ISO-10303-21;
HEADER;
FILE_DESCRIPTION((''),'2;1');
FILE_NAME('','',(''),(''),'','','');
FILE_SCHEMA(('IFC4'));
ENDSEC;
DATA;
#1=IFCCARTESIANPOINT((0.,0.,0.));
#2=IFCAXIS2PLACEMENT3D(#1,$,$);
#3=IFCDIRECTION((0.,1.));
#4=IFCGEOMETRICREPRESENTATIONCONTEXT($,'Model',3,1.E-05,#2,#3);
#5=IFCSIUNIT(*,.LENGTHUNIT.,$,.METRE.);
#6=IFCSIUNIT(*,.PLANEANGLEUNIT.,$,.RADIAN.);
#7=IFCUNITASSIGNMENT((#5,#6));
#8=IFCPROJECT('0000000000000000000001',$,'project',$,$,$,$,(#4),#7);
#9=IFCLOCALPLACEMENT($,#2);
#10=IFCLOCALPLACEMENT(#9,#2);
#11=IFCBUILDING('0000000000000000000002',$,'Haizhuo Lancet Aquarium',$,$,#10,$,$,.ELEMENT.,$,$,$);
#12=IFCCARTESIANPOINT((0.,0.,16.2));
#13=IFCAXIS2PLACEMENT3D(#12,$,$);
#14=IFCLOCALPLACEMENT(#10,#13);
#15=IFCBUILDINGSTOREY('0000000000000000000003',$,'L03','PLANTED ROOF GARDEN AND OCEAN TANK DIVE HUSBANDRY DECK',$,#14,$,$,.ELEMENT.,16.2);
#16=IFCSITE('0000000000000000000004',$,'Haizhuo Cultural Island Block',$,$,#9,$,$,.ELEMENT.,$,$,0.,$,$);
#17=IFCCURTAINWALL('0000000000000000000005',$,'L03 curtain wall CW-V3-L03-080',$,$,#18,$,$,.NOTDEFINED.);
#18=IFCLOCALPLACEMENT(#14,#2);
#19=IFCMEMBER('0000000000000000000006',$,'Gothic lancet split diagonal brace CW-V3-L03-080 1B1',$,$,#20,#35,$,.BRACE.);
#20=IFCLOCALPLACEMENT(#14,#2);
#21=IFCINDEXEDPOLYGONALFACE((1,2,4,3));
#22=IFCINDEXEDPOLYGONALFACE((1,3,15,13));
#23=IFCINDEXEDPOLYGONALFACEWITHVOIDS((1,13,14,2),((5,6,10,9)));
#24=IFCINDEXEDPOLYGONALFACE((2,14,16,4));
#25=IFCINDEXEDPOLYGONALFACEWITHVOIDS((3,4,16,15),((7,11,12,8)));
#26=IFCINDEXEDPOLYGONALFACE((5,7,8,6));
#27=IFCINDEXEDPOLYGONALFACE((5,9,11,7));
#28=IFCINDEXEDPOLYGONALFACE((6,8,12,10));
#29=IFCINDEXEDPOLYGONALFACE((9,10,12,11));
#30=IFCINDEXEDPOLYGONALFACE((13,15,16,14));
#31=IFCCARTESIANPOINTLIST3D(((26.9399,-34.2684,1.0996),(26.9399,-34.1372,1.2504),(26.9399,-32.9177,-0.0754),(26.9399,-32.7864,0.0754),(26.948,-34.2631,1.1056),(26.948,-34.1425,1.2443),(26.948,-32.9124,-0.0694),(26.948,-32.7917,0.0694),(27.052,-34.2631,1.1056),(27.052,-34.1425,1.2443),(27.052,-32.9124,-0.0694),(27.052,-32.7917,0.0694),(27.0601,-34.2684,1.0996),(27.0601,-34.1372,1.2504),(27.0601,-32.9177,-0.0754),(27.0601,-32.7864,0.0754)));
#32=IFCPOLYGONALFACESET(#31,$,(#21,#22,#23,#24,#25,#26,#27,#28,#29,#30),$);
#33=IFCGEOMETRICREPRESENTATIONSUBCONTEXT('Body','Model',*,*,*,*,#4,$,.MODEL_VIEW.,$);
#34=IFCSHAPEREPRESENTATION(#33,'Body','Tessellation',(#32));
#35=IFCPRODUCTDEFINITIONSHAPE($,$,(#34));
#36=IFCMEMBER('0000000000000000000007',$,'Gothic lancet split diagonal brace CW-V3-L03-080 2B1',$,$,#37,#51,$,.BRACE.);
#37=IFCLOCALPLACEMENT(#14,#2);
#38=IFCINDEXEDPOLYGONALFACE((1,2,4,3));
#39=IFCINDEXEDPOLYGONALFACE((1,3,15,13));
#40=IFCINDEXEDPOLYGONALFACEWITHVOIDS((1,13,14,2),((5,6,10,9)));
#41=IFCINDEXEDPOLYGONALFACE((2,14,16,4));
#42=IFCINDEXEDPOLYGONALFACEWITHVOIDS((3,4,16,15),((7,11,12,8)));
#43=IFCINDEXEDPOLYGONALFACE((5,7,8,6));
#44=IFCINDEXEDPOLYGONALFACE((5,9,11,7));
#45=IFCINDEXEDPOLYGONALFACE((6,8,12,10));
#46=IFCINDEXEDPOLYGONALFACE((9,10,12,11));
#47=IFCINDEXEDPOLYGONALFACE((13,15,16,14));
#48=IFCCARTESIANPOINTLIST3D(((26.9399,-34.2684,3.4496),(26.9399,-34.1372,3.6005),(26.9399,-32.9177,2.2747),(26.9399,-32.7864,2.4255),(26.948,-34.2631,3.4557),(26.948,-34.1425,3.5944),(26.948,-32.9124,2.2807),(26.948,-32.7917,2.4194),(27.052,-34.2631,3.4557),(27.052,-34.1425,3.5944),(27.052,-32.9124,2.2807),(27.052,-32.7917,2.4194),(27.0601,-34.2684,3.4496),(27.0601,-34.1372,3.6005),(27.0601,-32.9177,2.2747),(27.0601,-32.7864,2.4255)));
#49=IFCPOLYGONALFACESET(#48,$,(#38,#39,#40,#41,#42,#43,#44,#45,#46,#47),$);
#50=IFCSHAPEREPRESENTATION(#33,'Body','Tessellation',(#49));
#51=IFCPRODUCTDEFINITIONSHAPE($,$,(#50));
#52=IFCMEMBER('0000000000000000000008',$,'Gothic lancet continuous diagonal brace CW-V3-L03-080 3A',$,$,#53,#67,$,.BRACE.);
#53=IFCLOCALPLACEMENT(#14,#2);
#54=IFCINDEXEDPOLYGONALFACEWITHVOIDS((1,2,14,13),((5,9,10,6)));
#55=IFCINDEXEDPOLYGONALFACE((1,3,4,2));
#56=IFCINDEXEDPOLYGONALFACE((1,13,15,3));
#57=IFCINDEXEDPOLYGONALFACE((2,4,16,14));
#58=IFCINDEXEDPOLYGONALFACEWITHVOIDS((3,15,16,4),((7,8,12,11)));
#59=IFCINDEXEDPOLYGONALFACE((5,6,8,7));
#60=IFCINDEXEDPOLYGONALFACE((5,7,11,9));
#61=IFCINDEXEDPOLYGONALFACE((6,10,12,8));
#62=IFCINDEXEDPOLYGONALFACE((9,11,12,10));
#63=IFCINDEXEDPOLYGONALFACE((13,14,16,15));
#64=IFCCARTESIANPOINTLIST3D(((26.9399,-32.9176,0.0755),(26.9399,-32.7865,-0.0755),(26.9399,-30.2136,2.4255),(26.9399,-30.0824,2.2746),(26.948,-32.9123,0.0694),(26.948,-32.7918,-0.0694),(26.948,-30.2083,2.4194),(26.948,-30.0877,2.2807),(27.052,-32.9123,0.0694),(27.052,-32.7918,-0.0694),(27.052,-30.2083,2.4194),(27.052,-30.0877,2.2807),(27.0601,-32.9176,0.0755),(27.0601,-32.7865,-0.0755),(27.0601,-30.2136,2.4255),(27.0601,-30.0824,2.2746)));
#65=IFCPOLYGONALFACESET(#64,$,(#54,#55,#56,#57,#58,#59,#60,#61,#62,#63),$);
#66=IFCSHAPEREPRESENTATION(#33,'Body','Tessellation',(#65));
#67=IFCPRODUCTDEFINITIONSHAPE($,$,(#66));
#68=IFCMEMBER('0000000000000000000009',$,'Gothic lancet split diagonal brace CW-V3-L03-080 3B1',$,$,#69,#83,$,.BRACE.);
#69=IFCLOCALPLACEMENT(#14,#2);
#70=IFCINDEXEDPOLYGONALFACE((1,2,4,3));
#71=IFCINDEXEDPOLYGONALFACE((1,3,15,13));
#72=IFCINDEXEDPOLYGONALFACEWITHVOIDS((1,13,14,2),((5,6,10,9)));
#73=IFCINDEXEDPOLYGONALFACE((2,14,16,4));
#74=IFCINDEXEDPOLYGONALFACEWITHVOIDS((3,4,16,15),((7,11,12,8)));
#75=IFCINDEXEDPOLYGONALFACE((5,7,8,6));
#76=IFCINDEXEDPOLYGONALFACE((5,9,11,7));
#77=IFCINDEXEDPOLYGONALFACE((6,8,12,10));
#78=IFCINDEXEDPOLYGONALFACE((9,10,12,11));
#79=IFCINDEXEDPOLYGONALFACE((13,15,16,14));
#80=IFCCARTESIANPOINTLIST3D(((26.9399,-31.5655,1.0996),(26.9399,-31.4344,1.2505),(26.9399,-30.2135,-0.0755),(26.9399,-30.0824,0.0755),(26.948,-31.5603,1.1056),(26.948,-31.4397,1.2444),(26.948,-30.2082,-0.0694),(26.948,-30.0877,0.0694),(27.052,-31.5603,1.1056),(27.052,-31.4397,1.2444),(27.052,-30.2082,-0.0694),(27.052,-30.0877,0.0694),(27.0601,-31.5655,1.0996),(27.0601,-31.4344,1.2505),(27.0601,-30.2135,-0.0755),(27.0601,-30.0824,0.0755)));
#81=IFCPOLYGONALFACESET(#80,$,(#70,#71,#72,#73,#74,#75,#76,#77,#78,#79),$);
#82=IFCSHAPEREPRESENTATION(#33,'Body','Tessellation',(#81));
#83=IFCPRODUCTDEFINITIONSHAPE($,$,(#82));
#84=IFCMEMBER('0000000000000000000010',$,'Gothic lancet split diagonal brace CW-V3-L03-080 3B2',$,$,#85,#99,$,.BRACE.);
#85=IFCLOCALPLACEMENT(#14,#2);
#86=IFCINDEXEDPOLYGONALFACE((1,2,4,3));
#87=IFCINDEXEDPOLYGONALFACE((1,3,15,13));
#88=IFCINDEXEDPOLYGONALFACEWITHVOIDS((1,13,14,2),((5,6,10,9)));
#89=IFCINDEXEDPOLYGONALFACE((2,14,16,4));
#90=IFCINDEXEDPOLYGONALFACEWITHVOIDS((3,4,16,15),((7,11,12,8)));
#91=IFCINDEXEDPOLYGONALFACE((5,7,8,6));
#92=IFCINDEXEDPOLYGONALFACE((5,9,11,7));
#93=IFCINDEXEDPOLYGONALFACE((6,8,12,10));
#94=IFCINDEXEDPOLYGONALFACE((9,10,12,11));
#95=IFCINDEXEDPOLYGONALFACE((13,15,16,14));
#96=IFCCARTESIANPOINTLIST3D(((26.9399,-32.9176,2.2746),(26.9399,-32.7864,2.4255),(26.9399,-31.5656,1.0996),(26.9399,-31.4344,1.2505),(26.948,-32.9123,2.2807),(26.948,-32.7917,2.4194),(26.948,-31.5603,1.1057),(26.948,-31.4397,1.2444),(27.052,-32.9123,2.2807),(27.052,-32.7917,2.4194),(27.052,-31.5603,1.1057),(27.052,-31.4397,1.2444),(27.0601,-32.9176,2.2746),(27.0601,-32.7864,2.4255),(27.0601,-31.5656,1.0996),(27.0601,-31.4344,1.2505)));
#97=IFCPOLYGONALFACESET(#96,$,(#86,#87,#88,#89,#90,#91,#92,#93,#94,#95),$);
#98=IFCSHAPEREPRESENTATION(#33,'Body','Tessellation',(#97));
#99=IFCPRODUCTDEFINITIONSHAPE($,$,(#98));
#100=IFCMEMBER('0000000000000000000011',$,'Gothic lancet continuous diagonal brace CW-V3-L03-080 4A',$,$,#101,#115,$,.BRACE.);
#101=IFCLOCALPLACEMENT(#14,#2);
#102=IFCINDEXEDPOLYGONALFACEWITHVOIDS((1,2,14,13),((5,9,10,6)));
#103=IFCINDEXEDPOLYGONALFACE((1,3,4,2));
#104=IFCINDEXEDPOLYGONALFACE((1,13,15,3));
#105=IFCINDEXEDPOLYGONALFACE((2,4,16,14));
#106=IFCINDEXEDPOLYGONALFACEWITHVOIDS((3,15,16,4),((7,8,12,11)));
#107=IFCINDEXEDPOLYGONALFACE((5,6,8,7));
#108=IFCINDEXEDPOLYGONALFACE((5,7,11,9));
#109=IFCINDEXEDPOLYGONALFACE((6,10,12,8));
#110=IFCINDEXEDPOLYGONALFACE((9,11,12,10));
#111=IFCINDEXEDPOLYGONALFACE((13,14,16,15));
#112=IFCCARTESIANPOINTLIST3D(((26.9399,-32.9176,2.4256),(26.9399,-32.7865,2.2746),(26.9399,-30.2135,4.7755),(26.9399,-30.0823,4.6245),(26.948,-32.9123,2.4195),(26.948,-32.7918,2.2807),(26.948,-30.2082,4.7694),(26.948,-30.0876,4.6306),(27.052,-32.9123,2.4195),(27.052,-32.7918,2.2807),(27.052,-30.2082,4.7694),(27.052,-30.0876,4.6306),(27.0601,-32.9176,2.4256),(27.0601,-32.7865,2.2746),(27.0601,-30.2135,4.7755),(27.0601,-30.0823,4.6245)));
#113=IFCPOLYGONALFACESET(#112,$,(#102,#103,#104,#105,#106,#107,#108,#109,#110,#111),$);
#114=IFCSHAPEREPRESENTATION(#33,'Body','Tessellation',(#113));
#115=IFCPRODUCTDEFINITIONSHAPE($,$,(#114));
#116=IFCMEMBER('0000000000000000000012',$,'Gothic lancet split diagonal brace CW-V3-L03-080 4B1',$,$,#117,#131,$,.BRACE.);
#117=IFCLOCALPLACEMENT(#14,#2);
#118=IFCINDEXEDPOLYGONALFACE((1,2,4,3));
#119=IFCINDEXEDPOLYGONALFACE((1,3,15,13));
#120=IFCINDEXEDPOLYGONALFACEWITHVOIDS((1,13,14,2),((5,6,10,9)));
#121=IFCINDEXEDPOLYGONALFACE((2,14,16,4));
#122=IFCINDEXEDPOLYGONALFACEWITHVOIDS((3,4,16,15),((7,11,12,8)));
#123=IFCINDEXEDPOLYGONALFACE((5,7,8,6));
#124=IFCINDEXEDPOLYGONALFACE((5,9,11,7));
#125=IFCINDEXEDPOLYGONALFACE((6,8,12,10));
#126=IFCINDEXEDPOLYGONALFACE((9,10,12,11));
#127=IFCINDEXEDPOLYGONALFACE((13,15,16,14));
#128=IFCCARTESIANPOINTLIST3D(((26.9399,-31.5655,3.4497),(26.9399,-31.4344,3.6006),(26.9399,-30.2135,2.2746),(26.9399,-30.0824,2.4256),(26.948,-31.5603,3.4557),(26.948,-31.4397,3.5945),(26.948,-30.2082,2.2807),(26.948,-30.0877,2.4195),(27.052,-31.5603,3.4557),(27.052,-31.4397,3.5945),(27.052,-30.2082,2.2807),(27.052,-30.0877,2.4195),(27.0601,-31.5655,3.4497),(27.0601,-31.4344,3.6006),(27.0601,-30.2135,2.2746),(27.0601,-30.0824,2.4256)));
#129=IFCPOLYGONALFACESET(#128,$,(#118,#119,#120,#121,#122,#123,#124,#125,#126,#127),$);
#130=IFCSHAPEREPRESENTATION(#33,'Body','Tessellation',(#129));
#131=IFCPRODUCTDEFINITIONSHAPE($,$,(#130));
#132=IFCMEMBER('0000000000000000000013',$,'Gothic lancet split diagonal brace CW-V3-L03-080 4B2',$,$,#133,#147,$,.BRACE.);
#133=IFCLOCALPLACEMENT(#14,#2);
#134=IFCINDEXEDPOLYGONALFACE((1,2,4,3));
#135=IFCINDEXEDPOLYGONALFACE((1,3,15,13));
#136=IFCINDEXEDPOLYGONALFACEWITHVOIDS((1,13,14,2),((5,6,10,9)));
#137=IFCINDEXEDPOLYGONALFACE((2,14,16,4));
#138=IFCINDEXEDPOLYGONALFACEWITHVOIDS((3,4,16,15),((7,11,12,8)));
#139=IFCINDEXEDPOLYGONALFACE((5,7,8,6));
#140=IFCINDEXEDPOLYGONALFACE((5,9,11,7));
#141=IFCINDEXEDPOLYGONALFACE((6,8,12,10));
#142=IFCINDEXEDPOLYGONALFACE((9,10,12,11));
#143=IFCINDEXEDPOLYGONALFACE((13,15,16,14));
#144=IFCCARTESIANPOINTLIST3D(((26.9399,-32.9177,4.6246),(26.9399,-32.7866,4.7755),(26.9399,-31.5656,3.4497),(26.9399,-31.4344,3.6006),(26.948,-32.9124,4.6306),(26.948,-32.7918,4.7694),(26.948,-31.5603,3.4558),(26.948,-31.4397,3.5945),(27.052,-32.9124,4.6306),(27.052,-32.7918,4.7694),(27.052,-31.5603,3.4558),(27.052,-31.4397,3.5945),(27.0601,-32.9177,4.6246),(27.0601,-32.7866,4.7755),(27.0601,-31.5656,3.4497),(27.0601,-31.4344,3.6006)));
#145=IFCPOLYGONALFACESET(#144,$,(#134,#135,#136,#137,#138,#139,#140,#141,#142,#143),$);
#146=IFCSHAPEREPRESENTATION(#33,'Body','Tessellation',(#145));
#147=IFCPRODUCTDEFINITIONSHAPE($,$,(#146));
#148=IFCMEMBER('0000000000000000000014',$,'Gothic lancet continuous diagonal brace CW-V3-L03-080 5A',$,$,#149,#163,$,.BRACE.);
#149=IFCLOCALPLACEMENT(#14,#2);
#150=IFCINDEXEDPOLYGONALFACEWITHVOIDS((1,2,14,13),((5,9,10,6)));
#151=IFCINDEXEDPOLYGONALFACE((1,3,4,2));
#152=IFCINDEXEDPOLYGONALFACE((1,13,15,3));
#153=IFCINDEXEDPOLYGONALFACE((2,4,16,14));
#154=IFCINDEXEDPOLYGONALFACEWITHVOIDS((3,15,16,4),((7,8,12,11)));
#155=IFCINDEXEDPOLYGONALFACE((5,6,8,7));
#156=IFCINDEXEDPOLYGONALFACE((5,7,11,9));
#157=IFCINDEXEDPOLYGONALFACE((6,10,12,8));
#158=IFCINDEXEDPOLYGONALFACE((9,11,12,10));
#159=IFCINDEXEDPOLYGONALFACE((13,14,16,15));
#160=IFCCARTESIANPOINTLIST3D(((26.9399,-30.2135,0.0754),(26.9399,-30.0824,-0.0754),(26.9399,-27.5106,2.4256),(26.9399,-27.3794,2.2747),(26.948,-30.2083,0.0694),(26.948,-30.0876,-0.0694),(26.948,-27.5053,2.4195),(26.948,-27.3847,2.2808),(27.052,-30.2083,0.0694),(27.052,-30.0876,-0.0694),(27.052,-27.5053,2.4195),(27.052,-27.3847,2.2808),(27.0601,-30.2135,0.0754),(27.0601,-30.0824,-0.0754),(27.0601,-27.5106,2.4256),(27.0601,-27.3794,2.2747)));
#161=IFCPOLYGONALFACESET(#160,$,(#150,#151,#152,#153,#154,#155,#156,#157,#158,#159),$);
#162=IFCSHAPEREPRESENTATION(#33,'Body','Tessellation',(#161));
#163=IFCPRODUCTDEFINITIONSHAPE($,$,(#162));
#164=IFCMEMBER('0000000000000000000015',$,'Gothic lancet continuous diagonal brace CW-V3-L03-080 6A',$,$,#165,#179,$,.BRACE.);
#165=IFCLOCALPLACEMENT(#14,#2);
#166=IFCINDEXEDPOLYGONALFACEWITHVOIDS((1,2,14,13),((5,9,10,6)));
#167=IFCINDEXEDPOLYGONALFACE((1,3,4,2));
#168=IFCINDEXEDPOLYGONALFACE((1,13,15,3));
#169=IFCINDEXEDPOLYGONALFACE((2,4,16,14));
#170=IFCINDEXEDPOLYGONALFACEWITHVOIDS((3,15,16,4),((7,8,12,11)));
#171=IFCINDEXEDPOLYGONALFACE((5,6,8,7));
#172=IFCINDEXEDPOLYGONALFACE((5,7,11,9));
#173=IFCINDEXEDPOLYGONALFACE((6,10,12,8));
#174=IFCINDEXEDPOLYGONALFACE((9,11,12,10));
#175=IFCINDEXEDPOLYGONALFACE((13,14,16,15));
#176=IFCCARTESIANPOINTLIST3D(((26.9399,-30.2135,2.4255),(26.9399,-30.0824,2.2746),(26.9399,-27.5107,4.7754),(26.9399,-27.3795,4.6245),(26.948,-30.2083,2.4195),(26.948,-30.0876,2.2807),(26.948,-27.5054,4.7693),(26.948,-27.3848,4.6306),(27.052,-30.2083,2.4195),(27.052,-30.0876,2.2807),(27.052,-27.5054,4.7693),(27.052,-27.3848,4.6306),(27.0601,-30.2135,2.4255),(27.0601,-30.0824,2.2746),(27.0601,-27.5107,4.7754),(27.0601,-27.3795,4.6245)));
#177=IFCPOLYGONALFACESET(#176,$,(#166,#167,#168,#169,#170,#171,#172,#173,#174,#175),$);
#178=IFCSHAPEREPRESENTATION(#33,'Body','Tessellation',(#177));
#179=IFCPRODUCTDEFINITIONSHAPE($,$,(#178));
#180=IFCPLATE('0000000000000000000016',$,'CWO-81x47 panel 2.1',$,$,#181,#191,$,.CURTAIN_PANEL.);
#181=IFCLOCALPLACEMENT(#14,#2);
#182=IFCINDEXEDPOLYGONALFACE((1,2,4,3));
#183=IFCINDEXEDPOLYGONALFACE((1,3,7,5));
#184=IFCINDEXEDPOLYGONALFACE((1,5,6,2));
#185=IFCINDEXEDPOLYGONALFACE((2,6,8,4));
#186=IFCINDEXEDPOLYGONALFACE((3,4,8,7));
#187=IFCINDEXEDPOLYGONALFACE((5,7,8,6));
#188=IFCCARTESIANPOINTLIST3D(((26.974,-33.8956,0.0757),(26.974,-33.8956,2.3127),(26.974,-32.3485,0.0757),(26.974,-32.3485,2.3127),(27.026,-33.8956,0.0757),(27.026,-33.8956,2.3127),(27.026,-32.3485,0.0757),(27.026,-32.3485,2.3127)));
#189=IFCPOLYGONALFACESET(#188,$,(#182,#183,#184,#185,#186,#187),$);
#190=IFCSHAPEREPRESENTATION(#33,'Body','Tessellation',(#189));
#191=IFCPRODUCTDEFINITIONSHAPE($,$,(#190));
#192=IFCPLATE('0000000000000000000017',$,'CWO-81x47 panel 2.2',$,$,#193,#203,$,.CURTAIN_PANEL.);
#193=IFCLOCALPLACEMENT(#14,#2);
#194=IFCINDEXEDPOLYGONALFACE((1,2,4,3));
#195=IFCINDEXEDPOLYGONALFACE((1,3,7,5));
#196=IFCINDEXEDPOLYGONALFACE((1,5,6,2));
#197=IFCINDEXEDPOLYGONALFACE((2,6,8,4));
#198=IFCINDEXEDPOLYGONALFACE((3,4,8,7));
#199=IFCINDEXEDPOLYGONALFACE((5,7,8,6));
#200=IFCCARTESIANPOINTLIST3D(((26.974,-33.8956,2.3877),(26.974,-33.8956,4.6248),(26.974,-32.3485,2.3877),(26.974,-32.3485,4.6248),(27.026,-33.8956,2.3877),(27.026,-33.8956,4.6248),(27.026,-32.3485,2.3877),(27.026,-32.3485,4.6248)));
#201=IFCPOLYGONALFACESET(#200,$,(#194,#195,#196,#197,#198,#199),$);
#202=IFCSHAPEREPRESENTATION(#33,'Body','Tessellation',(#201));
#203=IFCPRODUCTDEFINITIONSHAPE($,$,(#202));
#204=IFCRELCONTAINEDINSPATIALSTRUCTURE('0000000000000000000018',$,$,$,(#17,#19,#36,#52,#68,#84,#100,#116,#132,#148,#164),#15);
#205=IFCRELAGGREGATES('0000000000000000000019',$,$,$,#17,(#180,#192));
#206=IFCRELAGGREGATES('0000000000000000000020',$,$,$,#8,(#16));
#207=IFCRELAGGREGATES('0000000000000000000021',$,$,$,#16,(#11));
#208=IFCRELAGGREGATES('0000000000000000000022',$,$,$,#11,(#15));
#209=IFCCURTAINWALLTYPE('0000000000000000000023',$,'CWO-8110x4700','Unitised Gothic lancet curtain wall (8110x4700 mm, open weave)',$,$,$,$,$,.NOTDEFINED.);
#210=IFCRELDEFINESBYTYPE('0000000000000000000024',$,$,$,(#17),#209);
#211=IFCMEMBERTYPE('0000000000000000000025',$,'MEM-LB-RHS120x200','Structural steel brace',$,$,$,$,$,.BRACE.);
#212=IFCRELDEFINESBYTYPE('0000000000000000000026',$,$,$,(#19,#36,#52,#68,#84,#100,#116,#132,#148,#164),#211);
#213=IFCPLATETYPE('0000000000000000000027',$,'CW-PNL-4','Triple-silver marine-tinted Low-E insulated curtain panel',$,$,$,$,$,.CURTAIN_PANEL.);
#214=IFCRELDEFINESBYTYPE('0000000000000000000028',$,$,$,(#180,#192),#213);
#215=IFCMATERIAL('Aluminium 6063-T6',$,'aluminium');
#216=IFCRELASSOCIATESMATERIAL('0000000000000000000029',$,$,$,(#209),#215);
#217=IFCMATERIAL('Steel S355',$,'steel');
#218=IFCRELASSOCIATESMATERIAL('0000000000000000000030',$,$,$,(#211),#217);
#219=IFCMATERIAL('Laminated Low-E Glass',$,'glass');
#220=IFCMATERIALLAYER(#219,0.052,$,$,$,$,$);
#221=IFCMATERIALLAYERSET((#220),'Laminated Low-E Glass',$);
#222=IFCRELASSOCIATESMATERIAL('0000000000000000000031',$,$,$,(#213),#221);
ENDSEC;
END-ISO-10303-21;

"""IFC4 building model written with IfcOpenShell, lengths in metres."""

from ifc_helpers import new_model, si_unit, direction, frame, origin, origin_2d, place, context, subcontext, project, spatial, rectangle, hollow_rectangle, extrude, material, layer, layer_set, material_profile, profile_set, type_object, element, aggregate, save


model = new_model("IFC4")

# Units and contexts
model_context = context("Model", 3, precision=1e-05, world=origin(), true_north=direction((0.0, 1.0)))
body_context = subcontext(model_context, "Body", "Model", "MODEL_VIEW")
ifc_project = project(units=[si_unit("LENGTHUNIT", "METRE"), si_unit("PLANEANGLEUNIT", "RADIAN")], contexts=[model_context])

# Site, building, storey
site_placement = place(None, origin())
site = spatial("IfcSite", under=ifc_project, at=site_placement, Name="Haizhuo Cultural Island Block", CompositionType="ELEMENT", RefElevation=0.0)
building_placement = place(site_placement, origin())
building = spatial("IfcBuilding", under=site, at=building_placement, Name="Haizhuo Lancet Aquarium", CompositionType="ELEMENT")
storey_placement = place(building_placement, frame((0.0, 0.0, 16.2)))
storey = spatial("IfcBuildingStorey", under=building, at=storey_placement, Name="L03", Description="PLANTED ROOF GARDEN AND OCEAN TANK DIVE HUSBANDRY DECK", CompositionType="ELEMENT", Elevation=16.2)

# Curtain wall
ifc_material_1 = material(Name="Aluminium 6063-T6", Category="aluminium")
curtain_wall_type = type_object("IfcCurtainWallType", Name="CWO-8110x4700", Description="Unitised Gothic lancet curtain wall (8110x4700 mm, open weave)", PredefinedType="NOTDEFINED", material=ifc_material_1)
curtain_wall_placement = place(storey_placement, origin())
curtain_wall = element("IfcCurtainWall", 1, at=curtain_wall_placement, inside=storey, type_object=curtain_wall_type, Name="L03 curtain wall CW-V3-L03-080", PredefinedType="NOTDEFINED")

# Members
ifc_material_2 = material(Name="Steel S355", Category="steel")
ifc_material_profile_1 = material_profile(ifc_material_2, hollow_rectangle(XDim=0.1201, YDim=0.2, WallThickness=0.0081, at=origin_2d()), Name="RHS 120x200x8")
ifc_profile_set_1 = profile_set([ifc_material_profile_1], Name="Steel S355")
member_type_1 = type_object("IfcMemberType", Name="MEM-LB-RHS120x200", Description="Structural steel brace", PredefinedType="BRACE", material=ifc_profile_set_1)
for number, where, z_axis, x_axis, name in (
    (2, (27.0, -32.8521, 0.0), (0.0, -0.754491, 0.65631), (1.0, 0.0, 0.0), "Gothic lancet split diagonal brace CW-V3-L03-080 1B1"),
    (3, (27.0, -32.8521, 2.3501), (0.0, -0.754491, 0.65631), (1.0, 0.0, 0.0), "Gothic lancet split diagonal brace CW-V3-L03-080 2B1"),
):
    element("IfcMember", number, at=place(storey_placement, frame(where, z_axis=z_axis, x_axis=x_axis)), inside=storey, type_object=member_type_1, Name=name, PredefinedType="BRACE", context=body_context, shape_type="SweptSolid", body=[
        extrude(hollow_rectangle(XDim=0.1201, YDim=0.2, WallThickness=0.0081, at=origin_2d()), origin(), (0.0, 0.0, 1.0), 1.7903),
    ])
member_1_placement = place(storey_placement, frame((27.0, -32.8521, 0.0), z_axis=(0.0, 0.754784, 0.655973), x_axis=(-1.0, 0.0, 0.0)))
element("IfcMember", 4, at=member_1_placement, inside=storey, type_object=member_type_1, Name="Gothic lancet continuous diagonal brace CW-V3-L03-080 3A", PredefinedType="BRACE", context=body_context, shape_type="SweptSolid", body=[
    extrude(hollow_rectangle(XDim=0.1201, YDim=0.2, WallThickness=0.0081, at=origin_2d()), origin(), (0.0, 0.0, 1.0), 3.5825),
])
for number, where, z_axis, x_axis, name in (
    (5, (27.0, -30.1479, 0.0), (0.0, -0.754784, 0.655973), (1.0, 0.0, 0.0), "Gothic lancet split diagonal brace CW-V3-L03-080 3B1"),
    (6, (27.0, -31.5, 1.175), (0.0, -0.754784, 0.655973), (1.0, 0.0, 0.0), "Gothic lancet split diagonal brace CW-V3-L03-080 3B2"),
):
    element("IfcMember", number, at=place(storey_placement, frame(where, z_axis=z_axis, x_axis=x_axis)), inside=storey, type_object=member_type_1, Name=name, PredefinedType="BRACE", context=body_context, shape_type="SweptSolid", body=[
        extrude(hollow_rectangle(XDim=0.1201, YDim=0.2, WallThickness=0.0081, at=origin_2d()), origin(), (0.0, 0.0, 1.0), 1.7913),
    ])
member_2_placement = place(storey_placement, frame((27.0, -32.8521, 2.3501), z_axis=(0.0, 0.754818, 0.655934), x_axis=(-1.0, 0.0, 0.0)))
element("IfcMember", 7, at=member_2_placement, inside=storey, type_object=member_type_1, Name="Gothic lancet continuous diagonal brace CW-V3-L03-080 4A", PredefinedType="BRACE", context=body_context, shape_type="SweptSolid", body=[
    extrude(hollow_rectangle(XDim=0.1201, YDim=0.2, WallThickness=0.0081, at=origin_2d()), origin(), (0.0, 0.0, 1.0), 3.5825),
])
for number, where, z_axis, x_axis, name in (
    (8, (27.0, -30.1479, 2.3501), (0.0, -0.754784, 0.655973), (1.0, 0.0, 0.0), "Gothic lancet split diagonal brace CW-V3-L03-080 4B1"),
    (9, (27.0, -31.5, 3.5251), (0.0, -0.754852, 0.655895), (1.0, 0.0, 0.0), "Gothic lancet split diagonal brace CW-V3-L03-080 4B2"),
):
    element("IfcMember", number, at=place(storey_placement, frame(where, z_axis=z_axis, x_axis=x_axis)), inside=storey, type_object=member_type_1, Name=name, PredefinedType="BRACE", context=body_context, shape_type="SweptSolid", body=[
        extrude(hollow_rectangle(XDim=0.1201, YDim=0.2, WallThickness=0.0081, at=origin_2d()), origin(), (0.0, 0.0, 1.0), 1.7913),
    ])
member_3_placement = place(storey_placement, frame((27.0, -30.1479, 0.0), z_axis=(0.0, 0.754638, 0.656142), x_axis=(-1.0, 0.0, 0.0)))
element("IfcMember", 10, at=member_3_placement, inside=storey, type_object=member_type_1, Name="Gothic lancet continuous diagonal brace CW-V3-L03-080 5A", PredefinedType="BRACE", context=body_context, shape_type="SweptSolid", body=[
    extrude(hollow_rectangle(XDim=0.1201, YDim=0.2, WallThickness=0.0081, at=origin_2d()), origin(), (0.0, 0.0, 1.0), 3.5818),
])
member_4_placement = place(storey_placement, frame((27.0, -30.1479, 2.3501), z_axis=(0.0, 0.754672, 0.656103), x_axis=(-1.0, 0.0, 0.0)))
element("IfcMember", 11, at=member_4_placement, inside=storey, type_object=member_type_1, Name="Gothic lancet continuous diagonal brace CW-V3-L03-080 6A", PredefinedType="BRACE", context=body_context, shape_type="SweptSolid", body=[
    extrude(hollow_rectangle(XDim=0.1201, YDim=0.2, WallThickness=0.0081, at=origin_2d()), origin(), (0.0, 0.0, 1.0), 3.5815),
])

# Plates
ifc_material_3 = material(Name="Laminated Low-E Glass", Category="glass")
ifc_layer = layer(ifc_material_3, 0.052)
ifc_layer_set = layer_set([ifc_layer], Name="Laminated Low-E Glass")
plate_type = type_object("IfcPlateType", Name="CW-PNL-4", Description="Triple-silver marine-tinted Low-E insulated curtain panel", PredefinedType="CURTAIN_PANEL", material=ifc_layer_set)
plate_1_placement = place(storey_placement, frame((27.0, -33.1221, 0.0757), z_axis=(0.0, 0.0, 1.0), x_axis=(0.0, 1.0, 0.0)))
plate_1 = element("IfcPlate", 12, at=plate_1_placement, type_object=plate_type, Name="CWO-81x47 panel 2.1", PredefinedType="CURTAIN_PANEL", context=body_context, shape_type="SweptSolid", body=[
    extrude(rectangle(XDim=1.5471, YDim=0.052, at=origin_2d()), origin(), (0.0, 0.0, 1.0), 2.2371),
])
plate_2_placement = place(storey_placement, frame((27.0, -33.1221, 2.3877), z_axis=(0.0, 0.0, 1.0), x_axis=(0.0, 1.0, 0.0)))
plate_2 = element("IfcPlate", 13, at=plate_2_placement, type_object=plate_type, Name="CWO-81x47 panel 2.2", PredefinedType="CURTAIN_PANEL", context=body_context, shape_type="SweptSolid", body=[
    extrude(rectangle(XDim=1.5471, YDim=0.052, at=origin_2d()), origin(), (0.0, 0.0, 1.0), 2.2371),
])
aggregate(curtain_wall, [plate_1, plate_2])

save(model, "model.ifc")
